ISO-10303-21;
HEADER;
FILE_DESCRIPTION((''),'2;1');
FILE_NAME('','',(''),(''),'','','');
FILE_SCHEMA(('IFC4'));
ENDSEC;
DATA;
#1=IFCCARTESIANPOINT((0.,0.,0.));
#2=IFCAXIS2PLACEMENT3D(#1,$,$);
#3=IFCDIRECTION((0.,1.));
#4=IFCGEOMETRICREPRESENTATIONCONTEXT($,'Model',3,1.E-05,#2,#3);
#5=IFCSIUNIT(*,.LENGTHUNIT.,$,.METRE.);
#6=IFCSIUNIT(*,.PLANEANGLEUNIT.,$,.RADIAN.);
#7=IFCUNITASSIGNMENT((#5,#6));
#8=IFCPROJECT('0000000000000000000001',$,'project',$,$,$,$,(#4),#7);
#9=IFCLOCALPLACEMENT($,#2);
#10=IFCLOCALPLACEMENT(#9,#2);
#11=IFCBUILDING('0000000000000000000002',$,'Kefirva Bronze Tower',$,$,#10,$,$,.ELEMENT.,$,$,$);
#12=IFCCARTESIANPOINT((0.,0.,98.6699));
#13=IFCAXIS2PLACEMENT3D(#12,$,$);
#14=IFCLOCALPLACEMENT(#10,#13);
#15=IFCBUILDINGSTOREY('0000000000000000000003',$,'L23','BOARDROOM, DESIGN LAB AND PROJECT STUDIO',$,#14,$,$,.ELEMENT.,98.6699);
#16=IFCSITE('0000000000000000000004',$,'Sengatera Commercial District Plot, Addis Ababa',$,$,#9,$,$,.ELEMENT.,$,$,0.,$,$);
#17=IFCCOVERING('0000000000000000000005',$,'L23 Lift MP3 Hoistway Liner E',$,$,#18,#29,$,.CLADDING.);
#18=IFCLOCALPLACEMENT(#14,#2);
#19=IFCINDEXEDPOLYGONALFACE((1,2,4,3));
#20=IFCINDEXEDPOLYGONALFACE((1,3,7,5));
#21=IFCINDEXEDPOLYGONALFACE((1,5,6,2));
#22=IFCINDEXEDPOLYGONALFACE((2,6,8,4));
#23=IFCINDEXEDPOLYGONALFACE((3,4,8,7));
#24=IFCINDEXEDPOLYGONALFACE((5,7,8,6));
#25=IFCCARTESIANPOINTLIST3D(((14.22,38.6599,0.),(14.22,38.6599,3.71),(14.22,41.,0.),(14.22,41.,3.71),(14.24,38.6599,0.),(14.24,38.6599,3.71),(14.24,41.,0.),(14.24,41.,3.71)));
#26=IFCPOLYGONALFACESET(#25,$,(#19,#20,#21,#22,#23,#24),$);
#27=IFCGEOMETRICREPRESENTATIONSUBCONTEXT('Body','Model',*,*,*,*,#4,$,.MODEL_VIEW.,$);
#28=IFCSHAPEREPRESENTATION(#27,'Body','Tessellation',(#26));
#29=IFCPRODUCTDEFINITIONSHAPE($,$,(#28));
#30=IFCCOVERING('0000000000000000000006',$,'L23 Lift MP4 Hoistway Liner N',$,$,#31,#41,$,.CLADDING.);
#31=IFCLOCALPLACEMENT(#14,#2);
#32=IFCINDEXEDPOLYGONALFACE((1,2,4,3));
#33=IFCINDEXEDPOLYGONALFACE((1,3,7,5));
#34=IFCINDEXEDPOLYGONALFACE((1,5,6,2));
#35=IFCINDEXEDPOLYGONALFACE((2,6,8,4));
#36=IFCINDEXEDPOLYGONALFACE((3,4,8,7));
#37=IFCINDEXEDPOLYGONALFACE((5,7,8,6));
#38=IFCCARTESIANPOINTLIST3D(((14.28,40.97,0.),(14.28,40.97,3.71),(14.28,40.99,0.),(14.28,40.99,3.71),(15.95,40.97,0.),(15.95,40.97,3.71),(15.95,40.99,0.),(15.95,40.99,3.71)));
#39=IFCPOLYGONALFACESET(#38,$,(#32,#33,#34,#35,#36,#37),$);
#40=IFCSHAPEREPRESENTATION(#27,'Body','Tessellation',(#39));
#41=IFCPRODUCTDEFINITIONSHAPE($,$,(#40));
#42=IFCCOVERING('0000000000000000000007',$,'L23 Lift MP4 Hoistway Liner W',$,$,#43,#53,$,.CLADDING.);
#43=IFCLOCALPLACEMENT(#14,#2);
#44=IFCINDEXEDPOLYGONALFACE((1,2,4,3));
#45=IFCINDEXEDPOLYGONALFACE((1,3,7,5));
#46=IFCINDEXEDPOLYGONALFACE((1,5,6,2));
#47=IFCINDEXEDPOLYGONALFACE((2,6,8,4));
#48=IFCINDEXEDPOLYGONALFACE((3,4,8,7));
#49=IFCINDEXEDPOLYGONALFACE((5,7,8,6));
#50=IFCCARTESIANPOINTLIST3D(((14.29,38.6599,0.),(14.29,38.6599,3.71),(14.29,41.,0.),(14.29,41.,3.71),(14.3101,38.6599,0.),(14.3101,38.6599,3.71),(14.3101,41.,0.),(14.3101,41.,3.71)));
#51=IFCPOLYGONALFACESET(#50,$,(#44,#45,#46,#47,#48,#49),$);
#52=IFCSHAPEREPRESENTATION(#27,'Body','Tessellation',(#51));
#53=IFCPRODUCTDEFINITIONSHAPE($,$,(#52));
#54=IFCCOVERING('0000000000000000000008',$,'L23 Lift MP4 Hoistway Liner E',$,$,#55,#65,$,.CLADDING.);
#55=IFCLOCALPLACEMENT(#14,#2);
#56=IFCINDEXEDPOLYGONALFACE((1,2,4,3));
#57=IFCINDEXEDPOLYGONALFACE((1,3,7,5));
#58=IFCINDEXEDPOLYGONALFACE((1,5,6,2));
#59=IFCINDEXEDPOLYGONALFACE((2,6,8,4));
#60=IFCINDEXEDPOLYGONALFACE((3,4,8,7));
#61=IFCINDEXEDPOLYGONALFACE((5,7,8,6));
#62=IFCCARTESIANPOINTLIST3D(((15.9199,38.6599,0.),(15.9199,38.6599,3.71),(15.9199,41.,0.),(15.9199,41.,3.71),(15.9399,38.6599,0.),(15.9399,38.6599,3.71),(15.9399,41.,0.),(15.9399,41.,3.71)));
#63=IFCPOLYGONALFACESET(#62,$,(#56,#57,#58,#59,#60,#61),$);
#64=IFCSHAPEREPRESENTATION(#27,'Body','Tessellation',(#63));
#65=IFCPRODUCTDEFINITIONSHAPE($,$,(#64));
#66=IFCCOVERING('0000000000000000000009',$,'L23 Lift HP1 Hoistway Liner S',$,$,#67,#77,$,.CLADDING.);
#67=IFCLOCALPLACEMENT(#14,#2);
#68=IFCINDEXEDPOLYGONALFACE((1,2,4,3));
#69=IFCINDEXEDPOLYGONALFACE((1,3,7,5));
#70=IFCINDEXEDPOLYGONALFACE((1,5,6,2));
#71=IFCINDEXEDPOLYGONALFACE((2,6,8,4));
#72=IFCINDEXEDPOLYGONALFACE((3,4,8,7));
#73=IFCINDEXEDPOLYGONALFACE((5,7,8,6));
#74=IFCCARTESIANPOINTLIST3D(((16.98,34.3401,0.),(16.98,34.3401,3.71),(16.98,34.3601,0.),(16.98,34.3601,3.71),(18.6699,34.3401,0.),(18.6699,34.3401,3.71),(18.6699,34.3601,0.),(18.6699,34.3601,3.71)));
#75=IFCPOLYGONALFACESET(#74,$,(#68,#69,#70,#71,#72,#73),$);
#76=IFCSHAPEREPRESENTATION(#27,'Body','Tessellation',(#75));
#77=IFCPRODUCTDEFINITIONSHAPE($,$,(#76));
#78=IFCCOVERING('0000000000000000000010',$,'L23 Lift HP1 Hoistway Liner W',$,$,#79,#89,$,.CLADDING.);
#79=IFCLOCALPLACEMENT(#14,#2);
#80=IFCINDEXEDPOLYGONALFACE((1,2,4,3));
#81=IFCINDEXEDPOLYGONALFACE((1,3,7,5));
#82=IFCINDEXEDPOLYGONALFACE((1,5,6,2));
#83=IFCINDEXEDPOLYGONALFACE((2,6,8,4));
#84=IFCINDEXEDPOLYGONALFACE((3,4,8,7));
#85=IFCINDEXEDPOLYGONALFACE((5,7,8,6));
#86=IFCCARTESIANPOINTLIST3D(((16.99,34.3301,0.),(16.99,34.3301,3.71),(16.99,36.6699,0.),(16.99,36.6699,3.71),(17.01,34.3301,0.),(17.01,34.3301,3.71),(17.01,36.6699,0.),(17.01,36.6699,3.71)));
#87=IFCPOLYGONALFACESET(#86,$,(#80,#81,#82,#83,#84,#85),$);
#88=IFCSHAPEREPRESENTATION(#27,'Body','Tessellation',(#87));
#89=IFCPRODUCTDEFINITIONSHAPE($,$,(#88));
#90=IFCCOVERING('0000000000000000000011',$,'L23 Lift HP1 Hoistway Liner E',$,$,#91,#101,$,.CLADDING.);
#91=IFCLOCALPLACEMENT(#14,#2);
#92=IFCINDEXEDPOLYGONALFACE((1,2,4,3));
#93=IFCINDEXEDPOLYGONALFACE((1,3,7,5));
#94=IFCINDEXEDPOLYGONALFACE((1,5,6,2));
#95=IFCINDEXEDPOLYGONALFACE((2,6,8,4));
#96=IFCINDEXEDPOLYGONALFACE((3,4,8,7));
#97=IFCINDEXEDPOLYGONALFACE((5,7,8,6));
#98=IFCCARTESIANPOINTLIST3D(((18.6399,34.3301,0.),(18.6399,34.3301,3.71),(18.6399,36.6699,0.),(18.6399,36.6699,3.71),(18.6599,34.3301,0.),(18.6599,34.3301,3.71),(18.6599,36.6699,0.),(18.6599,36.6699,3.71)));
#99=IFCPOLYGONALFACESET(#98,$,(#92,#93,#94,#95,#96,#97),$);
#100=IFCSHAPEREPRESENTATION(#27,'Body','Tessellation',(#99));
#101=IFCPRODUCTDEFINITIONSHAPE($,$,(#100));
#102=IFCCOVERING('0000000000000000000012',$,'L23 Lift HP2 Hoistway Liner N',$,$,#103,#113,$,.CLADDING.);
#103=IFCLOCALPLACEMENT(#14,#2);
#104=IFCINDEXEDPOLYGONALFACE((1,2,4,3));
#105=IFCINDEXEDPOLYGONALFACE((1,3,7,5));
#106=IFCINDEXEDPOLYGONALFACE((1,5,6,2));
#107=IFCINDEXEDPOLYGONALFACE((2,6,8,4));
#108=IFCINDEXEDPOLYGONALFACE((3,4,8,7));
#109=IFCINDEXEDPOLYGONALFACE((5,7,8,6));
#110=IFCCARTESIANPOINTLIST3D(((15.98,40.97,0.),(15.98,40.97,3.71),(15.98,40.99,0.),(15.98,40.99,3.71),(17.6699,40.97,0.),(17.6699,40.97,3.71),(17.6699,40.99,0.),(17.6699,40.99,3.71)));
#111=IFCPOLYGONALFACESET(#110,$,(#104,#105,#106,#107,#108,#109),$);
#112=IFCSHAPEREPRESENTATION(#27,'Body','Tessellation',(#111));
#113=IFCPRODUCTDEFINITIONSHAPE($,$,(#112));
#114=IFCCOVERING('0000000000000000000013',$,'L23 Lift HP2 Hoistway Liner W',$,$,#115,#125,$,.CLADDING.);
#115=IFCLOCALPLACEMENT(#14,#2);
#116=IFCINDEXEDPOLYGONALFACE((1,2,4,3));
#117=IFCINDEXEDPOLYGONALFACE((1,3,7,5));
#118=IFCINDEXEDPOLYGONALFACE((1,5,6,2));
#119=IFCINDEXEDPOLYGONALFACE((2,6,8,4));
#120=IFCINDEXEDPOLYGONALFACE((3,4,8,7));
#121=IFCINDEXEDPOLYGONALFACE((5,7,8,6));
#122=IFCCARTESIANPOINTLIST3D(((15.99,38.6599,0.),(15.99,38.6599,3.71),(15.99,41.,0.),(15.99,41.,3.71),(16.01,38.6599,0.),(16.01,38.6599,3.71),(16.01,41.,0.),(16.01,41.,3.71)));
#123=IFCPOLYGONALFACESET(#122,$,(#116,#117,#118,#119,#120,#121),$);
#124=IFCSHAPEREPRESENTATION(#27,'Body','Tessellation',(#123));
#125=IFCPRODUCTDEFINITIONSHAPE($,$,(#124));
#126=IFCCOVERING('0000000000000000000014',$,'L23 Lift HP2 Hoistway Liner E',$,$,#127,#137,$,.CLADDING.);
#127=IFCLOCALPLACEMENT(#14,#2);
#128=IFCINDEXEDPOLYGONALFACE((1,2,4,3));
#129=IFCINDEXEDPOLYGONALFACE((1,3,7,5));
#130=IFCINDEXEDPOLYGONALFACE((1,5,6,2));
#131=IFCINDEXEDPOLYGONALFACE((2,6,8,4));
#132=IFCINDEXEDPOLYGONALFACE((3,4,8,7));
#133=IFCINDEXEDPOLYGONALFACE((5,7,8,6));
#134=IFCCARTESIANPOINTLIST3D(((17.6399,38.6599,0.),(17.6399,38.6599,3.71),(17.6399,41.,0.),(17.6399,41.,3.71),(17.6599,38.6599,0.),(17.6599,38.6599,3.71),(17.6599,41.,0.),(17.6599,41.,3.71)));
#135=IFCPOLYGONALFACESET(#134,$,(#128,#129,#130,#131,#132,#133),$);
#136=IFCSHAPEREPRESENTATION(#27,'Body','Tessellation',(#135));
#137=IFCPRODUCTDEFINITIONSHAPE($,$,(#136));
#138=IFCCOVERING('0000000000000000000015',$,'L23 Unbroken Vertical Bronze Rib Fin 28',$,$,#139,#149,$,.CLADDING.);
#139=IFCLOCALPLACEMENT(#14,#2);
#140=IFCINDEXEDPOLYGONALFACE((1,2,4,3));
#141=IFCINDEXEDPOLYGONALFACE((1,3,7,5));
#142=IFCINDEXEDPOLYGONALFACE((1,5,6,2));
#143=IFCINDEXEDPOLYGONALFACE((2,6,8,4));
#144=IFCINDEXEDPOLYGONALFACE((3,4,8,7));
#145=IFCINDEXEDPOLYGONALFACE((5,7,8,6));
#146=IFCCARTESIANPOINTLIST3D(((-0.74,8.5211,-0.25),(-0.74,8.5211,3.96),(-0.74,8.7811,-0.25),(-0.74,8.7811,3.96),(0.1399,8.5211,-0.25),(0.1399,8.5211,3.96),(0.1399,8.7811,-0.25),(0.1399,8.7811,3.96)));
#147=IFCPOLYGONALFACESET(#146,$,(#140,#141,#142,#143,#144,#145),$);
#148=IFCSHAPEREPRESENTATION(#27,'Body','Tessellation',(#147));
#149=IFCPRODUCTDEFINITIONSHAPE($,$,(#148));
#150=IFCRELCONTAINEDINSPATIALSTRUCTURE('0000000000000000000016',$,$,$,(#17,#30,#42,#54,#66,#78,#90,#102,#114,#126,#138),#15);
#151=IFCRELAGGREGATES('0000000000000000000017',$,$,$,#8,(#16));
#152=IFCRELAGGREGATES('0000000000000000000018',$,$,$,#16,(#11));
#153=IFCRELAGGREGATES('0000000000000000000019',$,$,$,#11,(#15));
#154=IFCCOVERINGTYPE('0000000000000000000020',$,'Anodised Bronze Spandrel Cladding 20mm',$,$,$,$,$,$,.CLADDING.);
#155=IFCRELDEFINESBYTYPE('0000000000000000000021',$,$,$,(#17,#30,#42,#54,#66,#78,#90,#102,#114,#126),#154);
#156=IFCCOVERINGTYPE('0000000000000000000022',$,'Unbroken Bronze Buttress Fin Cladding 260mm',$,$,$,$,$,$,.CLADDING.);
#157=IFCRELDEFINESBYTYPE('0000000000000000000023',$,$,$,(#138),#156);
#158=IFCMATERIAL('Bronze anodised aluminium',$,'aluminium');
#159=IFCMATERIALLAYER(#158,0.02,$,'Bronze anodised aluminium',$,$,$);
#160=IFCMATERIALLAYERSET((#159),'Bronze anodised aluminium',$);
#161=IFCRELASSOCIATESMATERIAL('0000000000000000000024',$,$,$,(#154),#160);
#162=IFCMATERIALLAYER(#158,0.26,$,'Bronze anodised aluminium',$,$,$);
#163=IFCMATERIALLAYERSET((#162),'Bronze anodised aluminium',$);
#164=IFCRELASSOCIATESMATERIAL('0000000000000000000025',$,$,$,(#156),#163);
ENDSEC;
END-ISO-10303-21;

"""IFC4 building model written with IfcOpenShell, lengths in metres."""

from ifc_helpers import new_model, si_unit, direction, frame, origin, origin_2d, place, context, subcontext, project, spatial, polyline, rectangle, outline, extrude, material, layer, layer_set, type_object, element, save


model = new_model("IFC4")

# Units and contexts
model_context = context("Model", 3, precision=1e-05, world=origin(), true_north=direction((0.0, 1.0)))
body_context = subcontext(model_context, "Body", "Model", "MODEL_VIEW")
ifc_project = project(units=[si_unit("LENGTHUNIT", "METRE"), si_unit("PLANEANGLEUNIT", "RADIAN")], contexts=[model_context])

# Site, building, storey
site_placement = place(None, origin())
site = spatial("IfcSite", under=ifc_project, at=site_placement, Name="Sengatera Commercial District Plot, Addis Ababa", CompositionType="ELEMENT", RefElevation=0.0)
building_placement = place(site_placement, origin())
building = spatial("IfcBuilding", under=site, at=building_placement, Name="Kefirva Bronze Tower", CompositionType="ELEMENT")
storey_placement = place(building_placement, frame((0.0, 0.0, 98.6699)))
storey = spatial("IfcBuildingStorey", under=building, at=storey_placement, Name="L23", Description="BOARDROOM, DESIGN LAB AND PROJECT STUDIO", CompositionType="ELEMENT", Elevation=98.6699)

# Coverings
ifc_material = material(Name="Bronze anodised aluminium", Category="aluminium")
ifc_layer_1 = layer(ifc_material, 0.02, Name="Bronze anodised aluminium")
ifc_layer_set_1 = layer_set([ifc_layer_1], Name="Bronze anodised aluminium")
covering_type_1 = type_object("IfcCoveringType", Name="Anodised Bronze Spandrel Cladding 20mm", PredefinedType="CLADDING", material=ifc_layer_set_1)
covering_1_placement = place(storey_placement, origin())
element("IfcCovering", 1, at=covering_1_placement, inside=storey, type_object=covering_type_1, Name="L23 Lift MP3 Hoistway Liner E", PredefinedType="CLADDING", context=body_context, shape_type="SweptSolid", body=[
    extrude(outline(polyline([(14.22, 38.6599), (14.24, 38.6599), (14.24, 41.0), (14.22, 41.0), (14.22, 38.6599)])), origin(), (0.0, 0.0, 1.0), 3.71),
])
covering_2_placement = place(storey_placement, origin())
element("IfcCovering", 2, at=covering_2_placement, inside=storey, type_object=covering_type_1, Name="L23 Lift MP4 Hoistway Liner N", PredefinedType="CLADDING", context=body_context, shape_type="SweptSolid", body=[
    extrude(outline(polyline([(14.28, 40.97), (15.95, 40.97), (15.95, 40.99), (14.28, 40.99), (14.28, 40.97)])), origin(), (0.0, 0.0, 1.0), 3.71),
])
covering_3_placement = place(storey_placement, origin())
element("IfcCovering", 3, at=covering_3_placement, inside=storey, type_object=covering_type_1, Name="L23 Lift MP4 Hoistway Liner W", PredefinedType="CLADDING", context=body_context, shape_type="SweptSolid", body=[
    extrude(outline(polyline([(14.29, 38.6599), (14.3101, 38.6599), (14.3101, 41.0), (14.29, 41.0), (14.29, 38.6599)])), origin(), (0.0, 0.0, 1.0), 3.71),
])
covering_4_placement = place(storey_placement, origin())
element("IfcCovering", 4, at=covering_4_placement, inside=storey, type_object=covering_type_1, Name="L23 Lift MP4 Hoistway Liner E", PredefinedType="CLADDING", context=body_context, shape_type="SweptSolid", body=[
    extrude(outline(polyline([(15.9199, 38.6599), (15.9399, 38.6599), (15.9399, 41.0), (15.9199, 41.0), (15.9199, 38.6599)])), origin(), (0.0, 0.0, 1.0), 3.71),
])
covering_5_placement = place(storey_placement, origin())
element("IfcCovering", 5, at=covering_5_placement, inside=storey, type_object=covering_type_1, Name="L23 Lift HP1 Hoistway Liner S", PredefinedType="CLADDING", context=body_context, shape_type="SweptSolid", body=[
    extrude(outline(polyline([(16.98, 34.3401), (18.6699, 34.3401), (18.6699, 34.3601), (16.98, 34.3601), (16.98, 34.3401)])), origin(), (0.0, 0.0, 1.0), 3.71),
])
covering_6_placement = place(storey_placement, origin())
element("IfcCovering", 6, at=covering_6_placement, inside=storey, type_object=covering_type_1, Name="L23 Lift HP1 Hoistway Liner W", PredefinedType="CLADDING", context=body_context, shape_type="SweptSolid", body=[
    extrude(outline(polyline([(16.99, 34.3301), (17.01, 34.3301), (17.01, 36.6699), (16.99, 36.6699), (16.99, 34.3301)])), origin(), (0.0, 0.0, 1.0), 3.71),
])
covering_7_placement = place(storey_placement, origin())
element("IfcCovering", 7, at=covering_7_placement, inside=storey, type_object=covering_type_1, Name="L23 Lift HP1 Hoistway Liner E", PredefinedType="CLADDING", context=body_context, shape_type="SweptSolid", body=[
    extrude(outline(polyline([(18.6399, 34.3301), (18.6599, 34.3301), (18.6599, 36.6699), (18.6399, 36.6699), (18.6399, 34.3301)])), origin(), (0.0, 0.0, 1.0), 3.71),
])
covering_8_placement = place(storey_placement, origin())
element("IfcCovering", 8, at=covering_8_placement, inside=storey, type_object=covering_type_1, Name="L23 Lift HP2 Hoistway Liner N", PredefinedType="CLADDING", context=body_context, shape_type="SweptSolid", body=[
    extrude(outline(polyline([(15.98, 40.97), (17.6699, 40.97), (17.6699, 40.99), (15.98, 40.99), (15.98, 40.97)])), origin(), (0.0, 0.0, 1.0), 3.71),
])
covering_9_placement = place(storey_placement, origin())
element("IfcCovering", 9, at=covering_9_placement, inside=storey, type_object=covering_type_1, Name="L23 Lift HP2 Hoistway Liner W", PredefinedType="CLADDING", context=body_context, shape_type="SweptSolid", body=[
    extrude(outline(polyline([(15.99, 38.6599), (16.01, 38.6599), (16.01, 41.0), (15.99, 41.0), (15.99, 38.6599)])), origin(), (0.0, 0.0, 1.0), 3.71),
])
covering_10_placement = place(storey_placement, origin())
element("IfcCovering", 10, at=covering_10_placement, inside=storey, type_object=covering_type_1, Name="L23 Lift HP2 Hoistway Liner E", PredefinedType="CLADDING", context=body_context, shape_type="SweptSolid", body=[
    extrude(outline(polyline([(17.6399, 38.6599), (17.6599, 38.6599), (17.6599, 41.0), (17.6399, 41.0), (17.6399, 38.6599)])), origin(), (0.0, 0.0, 1.0), 3.71),
])
ifc_layer_2 = layer(ifc_material, 0.26, Name="Bronze anodised aluminium")
ifc_layer_set_2 = layer_set([ifc_layer_2], Name="Bronze anodised aluminium")
covering_type_2 = type_object("IfcCoveringType", Name="Unbroken Bronze Buttress Fin Cladding 260mm", PredefinedType="CLADDING", material=ifc_layer_set_2)
covering_11_placement = place(storey_placement, frame((-0.3, 8.6511, -0.25), z_axis=(0.0, 0.0, 1.0), x_axis=(0.0, -1.0, 0.0)))
element("IfcCovering", 11, at=covering_11_placement, inside=storey, type_object=covering_type_2, Name="L23 Unbroken Vertical Bronze Rib Fin 28", PredefinedType="CLADDING", context=body_context, shape_type="SweptSolid", body=[
    extrude(rectangle(XDim=0.26, YDim=0.8799, at=origin_2d()), origin(), (0.0, 0.0, 1.0), 4.21),
])

save(model, "model.ifc")
